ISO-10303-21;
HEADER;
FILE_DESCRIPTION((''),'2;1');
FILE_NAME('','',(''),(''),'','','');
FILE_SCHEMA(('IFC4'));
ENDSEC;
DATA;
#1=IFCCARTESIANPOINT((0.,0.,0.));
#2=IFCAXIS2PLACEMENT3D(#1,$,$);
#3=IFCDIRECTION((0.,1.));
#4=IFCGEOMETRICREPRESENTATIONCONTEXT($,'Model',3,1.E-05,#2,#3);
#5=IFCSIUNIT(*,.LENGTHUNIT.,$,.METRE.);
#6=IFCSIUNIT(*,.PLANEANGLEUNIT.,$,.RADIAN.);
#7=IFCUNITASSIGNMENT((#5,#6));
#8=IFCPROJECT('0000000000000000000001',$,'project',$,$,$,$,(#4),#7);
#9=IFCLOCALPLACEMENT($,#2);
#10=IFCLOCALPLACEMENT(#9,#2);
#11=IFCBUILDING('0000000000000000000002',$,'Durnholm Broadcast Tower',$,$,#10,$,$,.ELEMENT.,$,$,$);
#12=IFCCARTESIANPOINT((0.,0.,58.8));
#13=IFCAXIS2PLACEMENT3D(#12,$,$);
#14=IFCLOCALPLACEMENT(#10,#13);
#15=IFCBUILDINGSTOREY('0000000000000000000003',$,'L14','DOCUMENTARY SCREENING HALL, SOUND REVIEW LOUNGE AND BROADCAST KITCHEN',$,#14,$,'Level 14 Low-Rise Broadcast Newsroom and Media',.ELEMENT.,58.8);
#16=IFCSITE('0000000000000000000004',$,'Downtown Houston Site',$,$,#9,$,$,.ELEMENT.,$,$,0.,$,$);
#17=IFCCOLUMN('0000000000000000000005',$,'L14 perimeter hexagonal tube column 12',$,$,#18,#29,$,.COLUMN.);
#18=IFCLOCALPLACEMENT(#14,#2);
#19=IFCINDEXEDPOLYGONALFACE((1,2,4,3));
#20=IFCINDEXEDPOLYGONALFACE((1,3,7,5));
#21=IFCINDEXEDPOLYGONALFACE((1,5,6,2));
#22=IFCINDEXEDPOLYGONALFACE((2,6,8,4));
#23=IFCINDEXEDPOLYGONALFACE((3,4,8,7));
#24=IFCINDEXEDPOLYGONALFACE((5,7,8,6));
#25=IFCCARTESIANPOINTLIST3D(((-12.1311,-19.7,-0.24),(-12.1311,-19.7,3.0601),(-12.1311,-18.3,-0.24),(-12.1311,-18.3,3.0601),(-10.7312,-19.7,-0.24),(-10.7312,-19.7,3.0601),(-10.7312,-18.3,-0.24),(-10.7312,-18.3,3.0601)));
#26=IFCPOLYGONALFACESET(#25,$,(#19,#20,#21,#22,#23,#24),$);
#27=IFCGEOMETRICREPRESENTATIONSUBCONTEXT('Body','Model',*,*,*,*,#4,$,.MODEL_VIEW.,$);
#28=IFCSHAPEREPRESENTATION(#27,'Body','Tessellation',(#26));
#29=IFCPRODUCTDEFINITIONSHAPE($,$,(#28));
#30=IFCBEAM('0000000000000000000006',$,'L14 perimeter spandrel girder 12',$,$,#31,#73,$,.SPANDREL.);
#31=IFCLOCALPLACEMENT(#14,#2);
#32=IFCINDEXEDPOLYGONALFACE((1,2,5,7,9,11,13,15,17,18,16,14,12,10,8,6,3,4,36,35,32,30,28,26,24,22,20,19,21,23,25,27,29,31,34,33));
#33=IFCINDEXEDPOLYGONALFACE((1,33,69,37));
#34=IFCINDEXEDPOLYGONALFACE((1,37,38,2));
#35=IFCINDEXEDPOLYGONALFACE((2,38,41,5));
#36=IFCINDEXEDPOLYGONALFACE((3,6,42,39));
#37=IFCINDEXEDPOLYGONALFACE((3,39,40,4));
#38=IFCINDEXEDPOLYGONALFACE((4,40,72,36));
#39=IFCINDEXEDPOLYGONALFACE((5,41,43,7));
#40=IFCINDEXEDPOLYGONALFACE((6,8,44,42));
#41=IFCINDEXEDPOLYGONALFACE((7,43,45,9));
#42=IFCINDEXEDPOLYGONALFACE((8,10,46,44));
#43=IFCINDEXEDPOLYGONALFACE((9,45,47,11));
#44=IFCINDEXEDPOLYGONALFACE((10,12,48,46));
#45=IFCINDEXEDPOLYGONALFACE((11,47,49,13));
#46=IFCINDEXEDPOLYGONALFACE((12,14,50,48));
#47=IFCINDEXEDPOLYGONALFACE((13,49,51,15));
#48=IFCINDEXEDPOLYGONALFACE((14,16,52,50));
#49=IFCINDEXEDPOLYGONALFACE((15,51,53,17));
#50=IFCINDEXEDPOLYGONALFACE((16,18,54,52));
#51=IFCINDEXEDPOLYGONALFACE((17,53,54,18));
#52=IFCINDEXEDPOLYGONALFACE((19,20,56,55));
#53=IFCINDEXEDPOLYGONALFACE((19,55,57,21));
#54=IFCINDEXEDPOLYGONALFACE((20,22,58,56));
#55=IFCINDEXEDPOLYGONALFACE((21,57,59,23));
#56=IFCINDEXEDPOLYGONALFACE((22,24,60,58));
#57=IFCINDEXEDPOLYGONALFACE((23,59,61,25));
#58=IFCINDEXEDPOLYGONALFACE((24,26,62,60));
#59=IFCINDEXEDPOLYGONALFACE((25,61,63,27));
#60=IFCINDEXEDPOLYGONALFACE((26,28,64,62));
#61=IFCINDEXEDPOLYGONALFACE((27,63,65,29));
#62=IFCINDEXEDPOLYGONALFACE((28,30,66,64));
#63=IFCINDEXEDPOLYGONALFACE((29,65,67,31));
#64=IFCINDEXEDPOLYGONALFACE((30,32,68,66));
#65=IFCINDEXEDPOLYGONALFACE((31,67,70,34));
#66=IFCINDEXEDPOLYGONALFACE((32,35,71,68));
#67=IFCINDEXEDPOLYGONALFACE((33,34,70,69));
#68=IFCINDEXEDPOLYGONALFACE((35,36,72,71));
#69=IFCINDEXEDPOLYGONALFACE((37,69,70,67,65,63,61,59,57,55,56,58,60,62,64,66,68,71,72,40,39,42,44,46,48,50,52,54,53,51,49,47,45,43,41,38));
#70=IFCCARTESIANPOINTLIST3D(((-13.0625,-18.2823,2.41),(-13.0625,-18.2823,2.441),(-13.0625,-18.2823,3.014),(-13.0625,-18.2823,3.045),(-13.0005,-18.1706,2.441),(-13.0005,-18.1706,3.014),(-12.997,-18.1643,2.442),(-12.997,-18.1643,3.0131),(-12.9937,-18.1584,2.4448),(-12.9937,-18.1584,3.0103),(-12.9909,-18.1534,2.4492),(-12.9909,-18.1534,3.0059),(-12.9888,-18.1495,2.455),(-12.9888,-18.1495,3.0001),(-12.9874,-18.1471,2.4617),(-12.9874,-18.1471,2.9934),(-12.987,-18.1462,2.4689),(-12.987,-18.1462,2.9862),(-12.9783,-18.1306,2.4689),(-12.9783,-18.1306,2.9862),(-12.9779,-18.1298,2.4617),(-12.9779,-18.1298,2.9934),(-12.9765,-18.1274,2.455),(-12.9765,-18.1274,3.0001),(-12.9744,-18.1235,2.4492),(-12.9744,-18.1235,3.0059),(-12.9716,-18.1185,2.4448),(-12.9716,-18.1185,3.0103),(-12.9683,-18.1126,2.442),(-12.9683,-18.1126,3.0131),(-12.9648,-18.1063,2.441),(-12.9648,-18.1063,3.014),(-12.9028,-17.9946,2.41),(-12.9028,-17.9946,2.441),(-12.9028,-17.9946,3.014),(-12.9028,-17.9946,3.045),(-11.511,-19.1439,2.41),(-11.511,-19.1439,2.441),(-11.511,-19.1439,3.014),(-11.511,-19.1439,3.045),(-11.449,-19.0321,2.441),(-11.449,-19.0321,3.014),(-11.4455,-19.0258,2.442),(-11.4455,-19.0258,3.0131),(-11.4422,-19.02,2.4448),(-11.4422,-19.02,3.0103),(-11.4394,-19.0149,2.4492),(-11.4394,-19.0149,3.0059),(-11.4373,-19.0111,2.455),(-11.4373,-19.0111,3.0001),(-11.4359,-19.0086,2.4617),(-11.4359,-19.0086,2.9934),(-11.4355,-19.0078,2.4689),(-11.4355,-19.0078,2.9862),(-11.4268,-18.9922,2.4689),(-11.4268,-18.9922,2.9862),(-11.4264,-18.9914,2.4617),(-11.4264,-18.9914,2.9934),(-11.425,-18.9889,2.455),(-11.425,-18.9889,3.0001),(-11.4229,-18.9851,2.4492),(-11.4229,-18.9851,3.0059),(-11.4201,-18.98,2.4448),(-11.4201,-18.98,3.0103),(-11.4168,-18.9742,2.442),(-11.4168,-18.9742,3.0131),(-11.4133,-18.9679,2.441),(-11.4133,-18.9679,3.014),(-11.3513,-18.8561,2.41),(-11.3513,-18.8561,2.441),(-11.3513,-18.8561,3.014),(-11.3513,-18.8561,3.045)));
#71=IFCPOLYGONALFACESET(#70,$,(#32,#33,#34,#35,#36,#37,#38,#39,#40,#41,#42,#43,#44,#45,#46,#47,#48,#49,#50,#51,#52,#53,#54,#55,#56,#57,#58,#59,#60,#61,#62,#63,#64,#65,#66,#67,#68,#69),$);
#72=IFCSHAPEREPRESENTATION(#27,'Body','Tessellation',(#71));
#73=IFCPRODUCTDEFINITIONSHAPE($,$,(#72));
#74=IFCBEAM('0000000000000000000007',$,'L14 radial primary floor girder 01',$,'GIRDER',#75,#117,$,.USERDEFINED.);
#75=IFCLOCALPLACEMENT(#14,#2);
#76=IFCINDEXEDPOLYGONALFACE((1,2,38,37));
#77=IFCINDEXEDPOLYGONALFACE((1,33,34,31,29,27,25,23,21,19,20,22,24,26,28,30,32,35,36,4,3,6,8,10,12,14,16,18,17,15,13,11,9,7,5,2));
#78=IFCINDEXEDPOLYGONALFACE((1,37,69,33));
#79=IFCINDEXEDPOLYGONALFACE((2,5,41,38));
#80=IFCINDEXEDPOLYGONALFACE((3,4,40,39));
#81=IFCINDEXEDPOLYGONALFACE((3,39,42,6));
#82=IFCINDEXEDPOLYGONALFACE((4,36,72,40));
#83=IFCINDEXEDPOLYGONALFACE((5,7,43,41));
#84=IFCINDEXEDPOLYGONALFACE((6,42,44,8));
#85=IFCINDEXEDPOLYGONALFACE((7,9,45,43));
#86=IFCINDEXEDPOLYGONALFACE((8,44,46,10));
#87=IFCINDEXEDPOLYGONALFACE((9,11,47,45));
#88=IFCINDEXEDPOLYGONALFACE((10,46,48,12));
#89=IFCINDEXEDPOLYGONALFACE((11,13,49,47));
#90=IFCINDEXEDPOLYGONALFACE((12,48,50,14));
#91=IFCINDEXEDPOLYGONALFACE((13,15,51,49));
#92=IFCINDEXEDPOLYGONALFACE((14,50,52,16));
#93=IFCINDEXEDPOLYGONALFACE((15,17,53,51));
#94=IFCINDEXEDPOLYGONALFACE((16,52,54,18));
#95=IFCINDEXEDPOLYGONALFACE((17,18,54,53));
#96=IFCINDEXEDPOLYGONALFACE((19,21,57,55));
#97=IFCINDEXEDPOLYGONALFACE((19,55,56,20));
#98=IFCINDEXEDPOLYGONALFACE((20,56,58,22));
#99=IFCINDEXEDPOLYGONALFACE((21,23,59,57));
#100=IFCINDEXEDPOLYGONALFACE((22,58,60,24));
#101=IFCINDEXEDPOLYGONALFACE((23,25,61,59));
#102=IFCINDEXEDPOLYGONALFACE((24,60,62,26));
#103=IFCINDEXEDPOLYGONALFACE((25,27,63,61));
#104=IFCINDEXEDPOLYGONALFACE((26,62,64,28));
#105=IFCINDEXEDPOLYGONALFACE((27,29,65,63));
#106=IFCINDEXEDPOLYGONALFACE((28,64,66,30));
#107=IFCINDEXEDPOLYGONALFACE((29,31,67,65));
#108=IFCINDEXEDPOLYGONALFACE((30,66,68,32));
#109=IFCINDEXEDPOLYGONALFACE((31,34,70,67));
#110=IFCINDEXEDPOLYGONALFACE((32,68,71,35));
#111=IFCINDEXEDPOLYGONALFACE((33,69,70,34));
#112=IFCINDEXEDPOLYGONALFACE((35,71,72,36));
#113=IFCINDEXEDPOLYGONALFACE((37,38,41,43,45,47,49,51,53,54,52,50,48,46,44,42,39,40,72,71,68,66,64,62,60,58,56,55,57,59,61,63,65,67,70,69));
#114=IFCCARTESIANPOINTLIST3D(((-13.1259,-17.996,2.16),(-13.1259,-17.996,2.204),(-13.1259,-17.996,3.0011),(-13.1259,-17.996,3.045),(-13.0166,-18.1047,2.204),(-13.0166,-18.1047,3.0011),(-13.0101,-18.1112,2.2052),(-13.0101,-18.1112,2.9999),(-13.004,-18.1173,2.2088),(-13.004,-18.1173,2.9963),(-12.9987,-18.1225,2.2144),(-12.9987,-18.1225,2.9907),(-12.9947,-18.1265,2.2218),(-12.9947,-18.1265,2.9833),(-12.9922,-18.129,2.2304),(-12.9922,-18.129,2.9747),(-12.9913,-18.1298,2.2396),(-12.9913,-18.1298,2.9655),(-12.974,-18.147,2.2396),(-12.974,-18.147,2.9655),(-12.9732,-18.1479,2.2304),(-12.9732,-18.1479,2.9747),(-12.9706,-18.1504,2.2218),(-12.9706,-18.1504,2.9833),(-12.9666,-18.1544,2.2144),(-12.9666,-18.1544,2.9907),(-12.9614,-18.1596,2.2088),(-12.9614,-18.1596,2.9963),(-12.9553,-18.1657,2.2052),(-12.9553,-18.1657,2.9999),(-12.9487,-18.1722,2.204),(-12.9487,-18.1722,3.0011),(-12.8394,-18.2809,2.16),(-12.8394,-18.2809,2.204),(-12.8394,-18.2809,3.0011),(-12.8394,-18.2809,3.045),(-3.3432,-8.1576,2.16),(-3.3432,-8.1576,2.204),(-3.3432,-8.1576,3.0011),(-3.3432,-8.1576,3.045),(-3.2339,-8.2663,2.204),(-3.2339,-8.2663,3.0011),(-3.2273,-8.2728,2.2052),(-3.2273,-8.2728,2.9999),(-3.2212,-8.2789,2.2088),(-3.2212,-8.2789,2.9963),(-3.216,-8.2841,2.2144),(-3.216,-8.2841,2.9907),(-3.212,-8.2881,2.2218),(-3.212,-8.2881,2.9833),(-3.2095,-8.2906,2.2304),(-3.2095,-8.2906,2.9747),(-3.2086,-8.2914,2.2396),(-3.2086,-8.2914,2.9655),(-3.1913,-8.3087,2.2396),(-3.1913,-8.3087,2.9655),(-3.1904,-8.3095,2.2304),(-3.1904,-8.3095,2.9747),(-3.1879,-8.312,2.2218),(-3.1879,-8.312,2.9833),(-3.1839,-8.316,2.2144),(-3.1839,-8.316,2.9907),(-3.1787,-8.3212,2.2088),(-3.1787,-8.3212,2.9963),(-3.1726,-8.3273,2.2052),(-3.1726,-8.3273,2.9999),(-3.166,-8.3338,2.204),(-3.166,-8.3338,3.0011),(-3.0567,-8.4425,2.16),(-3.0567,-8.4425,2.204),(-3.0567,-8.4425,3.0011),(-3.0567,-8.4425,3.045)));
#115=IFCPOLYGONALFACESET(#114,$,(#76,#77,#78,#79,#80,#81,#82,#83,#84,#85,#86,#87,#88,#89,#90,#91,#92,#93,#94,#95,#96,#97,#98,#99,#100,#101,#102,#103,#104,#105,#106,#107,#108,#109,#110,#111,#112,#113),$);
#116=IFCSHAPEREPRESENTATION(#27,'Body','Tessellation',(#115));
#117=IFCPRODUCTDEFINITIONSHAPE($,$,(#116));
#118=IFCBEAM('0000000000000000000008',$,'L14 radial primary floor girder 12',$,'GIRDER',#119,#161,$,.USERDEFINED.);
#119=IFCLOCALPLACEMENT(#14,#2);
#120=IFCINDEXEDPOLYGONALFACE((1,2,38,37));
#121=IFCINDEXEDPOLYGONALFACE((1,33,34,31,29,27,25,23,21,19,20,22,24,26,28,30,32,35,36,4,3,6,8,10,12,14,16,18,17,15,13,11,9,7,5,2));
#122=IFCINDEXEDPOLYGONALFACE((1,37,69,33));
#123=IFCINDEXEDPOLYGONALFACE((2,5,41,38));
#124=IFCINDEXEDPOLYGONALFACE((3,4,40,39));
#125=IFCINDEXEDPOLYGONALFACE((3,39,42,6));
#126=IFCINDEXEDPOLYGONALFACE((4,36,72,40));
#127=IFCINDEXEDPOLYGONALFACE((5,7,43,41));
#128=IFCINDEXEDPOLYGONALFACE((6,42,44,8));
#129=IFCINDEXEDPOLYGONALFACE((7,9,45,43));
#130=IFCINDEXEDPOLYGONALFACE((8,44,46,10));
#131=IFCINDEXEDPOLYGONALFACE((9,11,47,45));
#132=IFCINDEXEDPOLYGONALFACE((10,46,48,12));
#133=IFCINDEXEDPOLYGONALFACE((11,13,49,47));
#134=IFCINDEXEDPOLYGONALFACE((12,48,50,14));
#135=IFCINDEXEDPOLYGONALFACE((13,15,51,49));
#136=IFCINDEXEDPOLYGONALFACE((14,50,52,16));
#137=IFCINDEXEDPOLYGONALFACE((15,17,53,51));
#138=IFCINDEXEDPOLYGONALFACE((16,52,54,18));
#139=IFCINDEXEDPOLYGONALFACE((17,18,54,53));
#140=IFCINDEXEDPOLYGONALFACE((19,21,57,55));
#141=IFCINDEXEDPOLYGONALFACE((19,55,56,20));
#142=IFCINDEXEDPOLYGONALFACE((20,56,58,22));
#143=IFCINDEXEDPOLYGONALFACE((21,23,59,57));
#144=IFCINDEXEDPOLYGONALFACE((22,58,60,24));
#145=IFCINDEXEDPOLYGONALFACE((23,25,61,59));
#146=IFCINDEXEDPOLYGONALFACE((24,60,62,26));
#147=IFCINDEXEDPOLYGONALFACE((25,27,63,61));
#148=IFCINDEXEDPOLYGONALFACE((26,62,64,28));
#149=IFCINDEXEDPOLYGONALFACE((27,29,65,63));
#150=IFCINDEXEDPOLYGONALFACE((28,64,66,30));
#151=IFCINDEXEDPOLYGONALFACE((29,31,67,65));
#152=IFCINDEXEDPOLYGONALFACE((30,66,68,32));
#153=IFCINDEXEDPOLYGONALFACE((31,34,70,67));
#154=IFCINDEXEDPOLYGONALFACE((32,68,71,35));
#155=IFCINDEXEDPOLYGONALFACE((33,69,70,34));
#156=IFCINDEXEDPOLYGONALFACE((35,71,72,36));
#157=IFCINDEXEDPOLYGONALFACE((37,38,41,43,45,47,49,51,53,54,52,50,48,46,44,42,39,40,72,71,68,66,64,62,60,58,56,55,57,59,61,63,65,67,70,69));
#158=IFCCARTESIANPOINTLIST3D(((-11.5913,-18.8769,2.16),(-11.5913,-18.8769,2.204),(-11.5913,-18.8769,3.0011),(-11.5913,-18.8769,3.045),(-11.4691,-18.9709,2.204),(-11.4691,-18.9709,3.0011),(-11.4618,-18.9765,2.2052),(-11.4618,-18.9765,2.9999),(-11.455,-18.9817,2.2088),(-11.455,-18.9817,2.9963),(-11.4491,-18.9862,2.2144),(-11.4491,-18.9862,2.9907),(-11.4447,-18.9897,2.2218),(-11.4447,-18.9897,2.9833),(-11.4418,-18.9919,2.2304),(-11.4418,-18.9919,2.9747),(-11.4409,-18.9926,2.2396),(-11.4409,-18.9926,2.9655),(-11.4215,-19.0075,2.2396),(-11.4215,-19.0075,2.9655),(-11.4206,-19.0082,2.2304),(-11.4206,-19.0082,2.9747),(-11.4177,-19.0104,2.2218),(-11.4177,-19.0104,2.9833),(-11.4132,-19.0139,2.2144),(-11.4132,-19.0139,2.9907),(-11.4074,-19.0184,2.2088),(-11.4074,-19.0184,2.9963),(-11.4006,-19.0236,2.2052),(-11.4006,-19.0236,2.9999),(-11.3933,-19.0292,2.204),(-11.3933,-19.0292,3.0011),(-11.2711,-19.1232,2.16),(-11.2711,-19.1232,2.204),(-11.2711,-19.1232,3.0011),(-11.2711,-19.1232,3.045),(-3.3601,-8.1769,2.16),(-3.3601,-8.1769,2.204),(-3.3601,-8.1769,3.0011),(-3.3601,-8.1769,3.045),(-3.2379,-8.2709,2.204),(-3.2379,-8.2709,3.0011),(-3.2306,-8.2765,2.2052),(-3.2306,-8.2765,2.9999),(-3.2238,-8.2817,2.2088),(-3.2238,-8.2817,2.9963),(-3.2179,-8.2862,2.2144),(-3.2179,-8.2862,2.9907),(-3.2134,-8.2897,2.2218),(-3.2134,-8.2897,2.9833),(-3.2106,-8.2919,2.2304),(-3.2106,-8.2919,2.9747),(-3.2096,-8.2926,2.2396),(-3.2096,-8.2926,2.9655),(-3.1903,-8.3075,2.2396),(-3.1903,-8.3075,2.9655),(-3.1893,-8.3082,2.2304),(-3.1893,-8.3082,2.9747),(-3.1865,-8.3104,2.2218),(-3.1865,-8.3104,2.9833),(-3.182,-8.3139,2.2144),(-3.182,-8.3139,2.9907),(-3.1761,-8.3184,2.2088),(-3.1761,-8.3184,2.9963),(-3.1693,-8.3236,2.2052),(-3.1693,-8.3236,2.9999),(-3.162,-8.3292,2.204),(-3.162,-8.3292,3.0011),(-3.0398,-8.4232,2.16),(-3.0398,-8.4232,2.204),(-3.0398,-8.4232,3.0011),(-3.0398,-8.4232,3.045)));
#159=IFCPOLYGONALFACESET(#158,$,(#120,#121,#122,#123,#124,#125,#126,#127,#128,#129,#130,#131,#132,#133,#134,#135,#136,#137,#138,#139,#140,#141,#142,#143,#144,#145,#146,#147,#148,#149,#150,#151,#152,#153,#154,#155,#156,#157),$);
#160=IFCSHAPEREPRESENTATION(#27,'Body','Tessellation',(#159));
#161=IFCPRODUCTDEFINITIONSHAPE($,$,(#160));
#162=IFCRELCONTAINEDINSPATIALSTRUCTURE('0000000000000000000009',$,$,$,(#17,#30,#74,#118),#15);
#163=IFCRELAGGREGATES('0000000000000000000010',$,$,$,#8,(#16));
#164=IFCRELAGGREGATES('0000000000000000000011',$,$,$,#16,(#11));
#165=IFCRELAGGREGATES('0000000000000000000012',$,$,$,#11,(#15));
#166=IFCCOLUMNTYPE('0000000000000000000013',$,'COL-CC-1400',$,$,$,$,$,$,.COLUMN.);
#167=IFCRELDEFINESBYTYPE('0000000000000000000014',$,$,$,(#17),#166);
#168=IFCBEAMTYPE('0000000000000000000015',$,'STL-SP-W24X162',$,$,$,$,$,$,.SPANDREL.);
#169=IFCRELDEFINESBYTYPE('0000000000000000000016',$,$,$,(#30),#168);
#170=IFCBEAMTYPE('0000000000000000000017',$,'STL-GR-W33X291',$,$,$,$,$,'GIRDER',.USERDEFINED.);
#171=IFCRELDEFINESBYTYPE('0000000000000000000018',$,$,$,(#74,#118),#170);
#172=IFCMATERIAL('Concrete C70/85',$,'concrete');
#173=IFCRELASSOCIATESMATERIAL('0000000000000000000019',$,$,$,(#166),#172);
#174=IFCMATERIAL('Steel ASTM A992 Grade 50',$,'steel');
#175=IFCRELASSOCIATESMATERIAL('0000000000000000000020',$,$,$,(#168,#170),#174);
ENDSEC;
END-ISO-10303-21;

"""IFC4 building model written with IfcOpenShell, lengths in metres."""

from ifc_helpers import new_model, si_unit, direction, frame, origin, origin_2d, place, context, subcontext, project, spatial, rectangle, i_section, extrude, source, transform, mapped, material, material_profile, profile_set, type_object, type_shapes, element, save


model = new_model("IFC4")

# Units and contexts
model_context = context("Model", 3, precision=1e-05, world=origin(), true_north=direction((0.0, 1.0)))
body_context = subcontext(model_context, "Body", "Model", "MODEL_VIEW")
ifc_project = project(units=[si_unit("LENGTHUNIT", "METRE"), si_unit("PLANEANGLEUNIT", "RADIAN")], contexts=[model_context])

# Site, building, storey
site_placement = place(None, origin())
site = spatial("IfcSite", under=ifc_project, at=site_placement, Name="Downtown Houston Site", CompositionType="ELEMENT", RefElevation=0.0)
building_placement = place(site_placement, origin())
building = spatial("IfcBuilding", under=site, at=building_placement, Name="Durnholm Broadcast Tower", CompositionType="ELEMENT")
storey_placement = place(building_placement, frame((0.0, 0.0, 58.8)))
storey = spatial("IfcBuildingStorey", under=building, at=storey_placement, Name="L14", Description="DOCUMENTARY SCREENING HALL, SOUND REVIEW LOUNGE AND BROADCAST KITCHEN", LongName="Level 14 Low-Rise Broadcast Newsroom and Media", CompositionType="ELEMENT", Elevation=58.8)

# Column
ifc_material_1 = material(Name="Concrete C70/85", Category="concrete")
ifc_material_profile_1 = material_profile(ifc_material_1, rectangle(XDim=1.3999, YDim=1.3999, at=origin_2d()), Name="RC1400X1400")
ifc_profile_set_1 = profile_set([ifc_material_profile_1], Name="Concrete C70/85")
column_type = type_object("IfcColumnType", Name="COL-CC-1400", PredefinedType="COLUMN", material=ifc_profile_set_1)
shared_shape_1 = source(origin(), body_context, "Body", "SweptSolid", [
    extrude(rectangle(XDim=1.3999, YDim=1.3999, at=origin_2d()), origin(), (0.0, 0.0, 1.0), 3.3),
])
type_shapes(column_type, [shared_shape_1])
column_placement = place(storey_placement, frame((-11.4312, -19.0, -0.24), z_axis=(0.0, 0.0, 1.0), x_axis=(1.0, 0.0, 0.0)))
element("IfcColumn", 1, at=column_placement, inside=storey, type_object=column_type, Name="L14 perimeter hexagonal tube column 12", PredefinedType="COLUMN", context=body_context, shape_type="MappedRepresentation", body=[
    mapped(shared_shape_1, transform((0.0, 0.0, 0.0), x_axis=(1.0, 0.0, 0.0), y_axis=(0.0, 1.0, 0.0), z_axis=(0.0, 0.0, 1.0), scale=1.0)),
])

# Beams
ifc_material_2 = material(Name="Steel ASTM A992 Grade 50", Category="steel")
ifc_material_profile_2 = material_profile(ifc_material_2, i_section(OverallWidth=0.3291, OverallDepth=0.635, WebThickness=0.0178, FlangeThickness=0.031, FilletRadius=0.0278, at=origin_2d()), Name="W24X162")
ifc_profile_set_2 = profile_set([ifc_material_profile_2], Name="Steel ASTM A992 Grade 50")
beam_type_1 = type_object("IfcBeamType", Name="STL-SP-W24X162", PredefinedType="SPANDREL", material=ifc_profile_set_2)
shared_shape_2 = source(origin(), body_context, "Body", "SweptSolid", [
    extrude(i_section(OverallWidth=0.3291, OverallDepth=0.635, WebThickness=0.0178, FlangeThickness=0.031, FilletRadius=0.0278, at=origin_2d()), origin(), (0.0, 0.0, 1.0), 1.7747),
])
type_shapes(beam_type_1, [shared_shape_2])
beam_1_placement = place(storey_placement, frame((-11.4312, -19.0, 2.7275), z_axis=(-0.874248, 0.485479, 0.0), x_axis=(-0.485479, -0.874248, 0.0)))
element("IfcBeam", 2, at=beam_1_placement, inside=storey, type_object=beam_type_1, Name="L14 perimeter spandrel girder 12", PredefinedType="SPANDREL", context=body_context, shape_type="MappedRepresentation", body=[
    mapped(shared_shape_2, transform((0.0, 0.0, 0.0), x_axis=(1.0, 0.0, 0.0), y_axis=(0.0, 1.0, 0.0), z_axis=(0.0, 0.0, 1.0), scale=1.0)),
])
ifc_material_profile_3 = material_profile(ifc_material_2, i_section(OverallWidth=0.4041, OverallDepth=0.885, WebThickness=0.0244, FlangeThickness=0.0439, FilletRadius=0.0356, at=origin_2d()), Name="W33X291")
ifc_profile_set_3 = profile_set([ifc_material_profile_3], Name="Steel ASTM A992 Grade 50")
beam_type_2 = type_object("IfcBeamType", Name="STL-GR-W33X291", ElementType="GIRDER", PredefinedType="USERDEFINED", material=ifc_profile_set_3)
shared_shape_3 = source(origin(), body_context, "Body", "SweptSolid", [
    extrude(i_section(OverallWidth=0.4041, OverallDepth=0.885, WebThickness=0.0244, FlangeThickness=0.0439, FilletRadius=0.0356, at=origin_2d()), origin(), (0.0, 0.0, 1.0), 13.8743),
])
beam_2_placement = place(storey_placement, frame((-3.2, -8.3, 2.6025), z_axis=(-0.705098, -0.70911, 0.0), x_axis=(0.70911, -0.705098, 0.0)))
element("IfcBeam", 3, at=beam_2_placement, inside=storey, type_object=beam_type_2, Name="L14 radial primary floor girder 01", ObjectType="GIRDER", PredefinedType="USERDEFINED", context=body_context, shape_type="MappedRepresentation", body=[
    mapped(shared_shape_3, transform((0.0, 0.0, 0.0), x_axis=(1.0, 0.0, 0.0), y_axis=(0.0, 1.0, 0.0), z_axis=(0.0, 0.0, 1.0), scale=1.0)),
])
shared_shape_4 = source(origin(), body_context, "Body", "SweptSolid", [
    extrude(i_section(OverallWidth=0.4041, OverallDepth=0.885, WebThickness=0.0244, FlangeThickness=0.0439, FilletRadius=0.0356, at=origin_2d()), origin(), (0.0, 0.0, 1.0), 13.4998),
])
type_shapes(beam_type_2, [shared_shape_3, shared_shape_4])
beam_3_placement = place(storey_placement, frame((-3.2, -8.3, 2.6025), z_axis=(-0.609733, -0.792607, 0.0), x_axis=(0.792607, -0.609733, 0.0)))
element("IfcBeam", 4, at=beam_3_placement, inside=storey, type_object=beam_type_2, Name="L14 radial primary floor girder 12", ObjectType="GIRDER", PredefinedType="USERDEFINED", context=body_context, shape_type="MappedRepresentation", body=[
    mapped(shared_shape_4, transform((0.0, 0.0, 0.0), x_axis=(1.0, 0.0, 0.0), y_axis=(0.0, 1.0, 0.0), z_axis=(0.0, 0.0, 1.0), scale=1.0)),
])

save(model, "model.ifc")
